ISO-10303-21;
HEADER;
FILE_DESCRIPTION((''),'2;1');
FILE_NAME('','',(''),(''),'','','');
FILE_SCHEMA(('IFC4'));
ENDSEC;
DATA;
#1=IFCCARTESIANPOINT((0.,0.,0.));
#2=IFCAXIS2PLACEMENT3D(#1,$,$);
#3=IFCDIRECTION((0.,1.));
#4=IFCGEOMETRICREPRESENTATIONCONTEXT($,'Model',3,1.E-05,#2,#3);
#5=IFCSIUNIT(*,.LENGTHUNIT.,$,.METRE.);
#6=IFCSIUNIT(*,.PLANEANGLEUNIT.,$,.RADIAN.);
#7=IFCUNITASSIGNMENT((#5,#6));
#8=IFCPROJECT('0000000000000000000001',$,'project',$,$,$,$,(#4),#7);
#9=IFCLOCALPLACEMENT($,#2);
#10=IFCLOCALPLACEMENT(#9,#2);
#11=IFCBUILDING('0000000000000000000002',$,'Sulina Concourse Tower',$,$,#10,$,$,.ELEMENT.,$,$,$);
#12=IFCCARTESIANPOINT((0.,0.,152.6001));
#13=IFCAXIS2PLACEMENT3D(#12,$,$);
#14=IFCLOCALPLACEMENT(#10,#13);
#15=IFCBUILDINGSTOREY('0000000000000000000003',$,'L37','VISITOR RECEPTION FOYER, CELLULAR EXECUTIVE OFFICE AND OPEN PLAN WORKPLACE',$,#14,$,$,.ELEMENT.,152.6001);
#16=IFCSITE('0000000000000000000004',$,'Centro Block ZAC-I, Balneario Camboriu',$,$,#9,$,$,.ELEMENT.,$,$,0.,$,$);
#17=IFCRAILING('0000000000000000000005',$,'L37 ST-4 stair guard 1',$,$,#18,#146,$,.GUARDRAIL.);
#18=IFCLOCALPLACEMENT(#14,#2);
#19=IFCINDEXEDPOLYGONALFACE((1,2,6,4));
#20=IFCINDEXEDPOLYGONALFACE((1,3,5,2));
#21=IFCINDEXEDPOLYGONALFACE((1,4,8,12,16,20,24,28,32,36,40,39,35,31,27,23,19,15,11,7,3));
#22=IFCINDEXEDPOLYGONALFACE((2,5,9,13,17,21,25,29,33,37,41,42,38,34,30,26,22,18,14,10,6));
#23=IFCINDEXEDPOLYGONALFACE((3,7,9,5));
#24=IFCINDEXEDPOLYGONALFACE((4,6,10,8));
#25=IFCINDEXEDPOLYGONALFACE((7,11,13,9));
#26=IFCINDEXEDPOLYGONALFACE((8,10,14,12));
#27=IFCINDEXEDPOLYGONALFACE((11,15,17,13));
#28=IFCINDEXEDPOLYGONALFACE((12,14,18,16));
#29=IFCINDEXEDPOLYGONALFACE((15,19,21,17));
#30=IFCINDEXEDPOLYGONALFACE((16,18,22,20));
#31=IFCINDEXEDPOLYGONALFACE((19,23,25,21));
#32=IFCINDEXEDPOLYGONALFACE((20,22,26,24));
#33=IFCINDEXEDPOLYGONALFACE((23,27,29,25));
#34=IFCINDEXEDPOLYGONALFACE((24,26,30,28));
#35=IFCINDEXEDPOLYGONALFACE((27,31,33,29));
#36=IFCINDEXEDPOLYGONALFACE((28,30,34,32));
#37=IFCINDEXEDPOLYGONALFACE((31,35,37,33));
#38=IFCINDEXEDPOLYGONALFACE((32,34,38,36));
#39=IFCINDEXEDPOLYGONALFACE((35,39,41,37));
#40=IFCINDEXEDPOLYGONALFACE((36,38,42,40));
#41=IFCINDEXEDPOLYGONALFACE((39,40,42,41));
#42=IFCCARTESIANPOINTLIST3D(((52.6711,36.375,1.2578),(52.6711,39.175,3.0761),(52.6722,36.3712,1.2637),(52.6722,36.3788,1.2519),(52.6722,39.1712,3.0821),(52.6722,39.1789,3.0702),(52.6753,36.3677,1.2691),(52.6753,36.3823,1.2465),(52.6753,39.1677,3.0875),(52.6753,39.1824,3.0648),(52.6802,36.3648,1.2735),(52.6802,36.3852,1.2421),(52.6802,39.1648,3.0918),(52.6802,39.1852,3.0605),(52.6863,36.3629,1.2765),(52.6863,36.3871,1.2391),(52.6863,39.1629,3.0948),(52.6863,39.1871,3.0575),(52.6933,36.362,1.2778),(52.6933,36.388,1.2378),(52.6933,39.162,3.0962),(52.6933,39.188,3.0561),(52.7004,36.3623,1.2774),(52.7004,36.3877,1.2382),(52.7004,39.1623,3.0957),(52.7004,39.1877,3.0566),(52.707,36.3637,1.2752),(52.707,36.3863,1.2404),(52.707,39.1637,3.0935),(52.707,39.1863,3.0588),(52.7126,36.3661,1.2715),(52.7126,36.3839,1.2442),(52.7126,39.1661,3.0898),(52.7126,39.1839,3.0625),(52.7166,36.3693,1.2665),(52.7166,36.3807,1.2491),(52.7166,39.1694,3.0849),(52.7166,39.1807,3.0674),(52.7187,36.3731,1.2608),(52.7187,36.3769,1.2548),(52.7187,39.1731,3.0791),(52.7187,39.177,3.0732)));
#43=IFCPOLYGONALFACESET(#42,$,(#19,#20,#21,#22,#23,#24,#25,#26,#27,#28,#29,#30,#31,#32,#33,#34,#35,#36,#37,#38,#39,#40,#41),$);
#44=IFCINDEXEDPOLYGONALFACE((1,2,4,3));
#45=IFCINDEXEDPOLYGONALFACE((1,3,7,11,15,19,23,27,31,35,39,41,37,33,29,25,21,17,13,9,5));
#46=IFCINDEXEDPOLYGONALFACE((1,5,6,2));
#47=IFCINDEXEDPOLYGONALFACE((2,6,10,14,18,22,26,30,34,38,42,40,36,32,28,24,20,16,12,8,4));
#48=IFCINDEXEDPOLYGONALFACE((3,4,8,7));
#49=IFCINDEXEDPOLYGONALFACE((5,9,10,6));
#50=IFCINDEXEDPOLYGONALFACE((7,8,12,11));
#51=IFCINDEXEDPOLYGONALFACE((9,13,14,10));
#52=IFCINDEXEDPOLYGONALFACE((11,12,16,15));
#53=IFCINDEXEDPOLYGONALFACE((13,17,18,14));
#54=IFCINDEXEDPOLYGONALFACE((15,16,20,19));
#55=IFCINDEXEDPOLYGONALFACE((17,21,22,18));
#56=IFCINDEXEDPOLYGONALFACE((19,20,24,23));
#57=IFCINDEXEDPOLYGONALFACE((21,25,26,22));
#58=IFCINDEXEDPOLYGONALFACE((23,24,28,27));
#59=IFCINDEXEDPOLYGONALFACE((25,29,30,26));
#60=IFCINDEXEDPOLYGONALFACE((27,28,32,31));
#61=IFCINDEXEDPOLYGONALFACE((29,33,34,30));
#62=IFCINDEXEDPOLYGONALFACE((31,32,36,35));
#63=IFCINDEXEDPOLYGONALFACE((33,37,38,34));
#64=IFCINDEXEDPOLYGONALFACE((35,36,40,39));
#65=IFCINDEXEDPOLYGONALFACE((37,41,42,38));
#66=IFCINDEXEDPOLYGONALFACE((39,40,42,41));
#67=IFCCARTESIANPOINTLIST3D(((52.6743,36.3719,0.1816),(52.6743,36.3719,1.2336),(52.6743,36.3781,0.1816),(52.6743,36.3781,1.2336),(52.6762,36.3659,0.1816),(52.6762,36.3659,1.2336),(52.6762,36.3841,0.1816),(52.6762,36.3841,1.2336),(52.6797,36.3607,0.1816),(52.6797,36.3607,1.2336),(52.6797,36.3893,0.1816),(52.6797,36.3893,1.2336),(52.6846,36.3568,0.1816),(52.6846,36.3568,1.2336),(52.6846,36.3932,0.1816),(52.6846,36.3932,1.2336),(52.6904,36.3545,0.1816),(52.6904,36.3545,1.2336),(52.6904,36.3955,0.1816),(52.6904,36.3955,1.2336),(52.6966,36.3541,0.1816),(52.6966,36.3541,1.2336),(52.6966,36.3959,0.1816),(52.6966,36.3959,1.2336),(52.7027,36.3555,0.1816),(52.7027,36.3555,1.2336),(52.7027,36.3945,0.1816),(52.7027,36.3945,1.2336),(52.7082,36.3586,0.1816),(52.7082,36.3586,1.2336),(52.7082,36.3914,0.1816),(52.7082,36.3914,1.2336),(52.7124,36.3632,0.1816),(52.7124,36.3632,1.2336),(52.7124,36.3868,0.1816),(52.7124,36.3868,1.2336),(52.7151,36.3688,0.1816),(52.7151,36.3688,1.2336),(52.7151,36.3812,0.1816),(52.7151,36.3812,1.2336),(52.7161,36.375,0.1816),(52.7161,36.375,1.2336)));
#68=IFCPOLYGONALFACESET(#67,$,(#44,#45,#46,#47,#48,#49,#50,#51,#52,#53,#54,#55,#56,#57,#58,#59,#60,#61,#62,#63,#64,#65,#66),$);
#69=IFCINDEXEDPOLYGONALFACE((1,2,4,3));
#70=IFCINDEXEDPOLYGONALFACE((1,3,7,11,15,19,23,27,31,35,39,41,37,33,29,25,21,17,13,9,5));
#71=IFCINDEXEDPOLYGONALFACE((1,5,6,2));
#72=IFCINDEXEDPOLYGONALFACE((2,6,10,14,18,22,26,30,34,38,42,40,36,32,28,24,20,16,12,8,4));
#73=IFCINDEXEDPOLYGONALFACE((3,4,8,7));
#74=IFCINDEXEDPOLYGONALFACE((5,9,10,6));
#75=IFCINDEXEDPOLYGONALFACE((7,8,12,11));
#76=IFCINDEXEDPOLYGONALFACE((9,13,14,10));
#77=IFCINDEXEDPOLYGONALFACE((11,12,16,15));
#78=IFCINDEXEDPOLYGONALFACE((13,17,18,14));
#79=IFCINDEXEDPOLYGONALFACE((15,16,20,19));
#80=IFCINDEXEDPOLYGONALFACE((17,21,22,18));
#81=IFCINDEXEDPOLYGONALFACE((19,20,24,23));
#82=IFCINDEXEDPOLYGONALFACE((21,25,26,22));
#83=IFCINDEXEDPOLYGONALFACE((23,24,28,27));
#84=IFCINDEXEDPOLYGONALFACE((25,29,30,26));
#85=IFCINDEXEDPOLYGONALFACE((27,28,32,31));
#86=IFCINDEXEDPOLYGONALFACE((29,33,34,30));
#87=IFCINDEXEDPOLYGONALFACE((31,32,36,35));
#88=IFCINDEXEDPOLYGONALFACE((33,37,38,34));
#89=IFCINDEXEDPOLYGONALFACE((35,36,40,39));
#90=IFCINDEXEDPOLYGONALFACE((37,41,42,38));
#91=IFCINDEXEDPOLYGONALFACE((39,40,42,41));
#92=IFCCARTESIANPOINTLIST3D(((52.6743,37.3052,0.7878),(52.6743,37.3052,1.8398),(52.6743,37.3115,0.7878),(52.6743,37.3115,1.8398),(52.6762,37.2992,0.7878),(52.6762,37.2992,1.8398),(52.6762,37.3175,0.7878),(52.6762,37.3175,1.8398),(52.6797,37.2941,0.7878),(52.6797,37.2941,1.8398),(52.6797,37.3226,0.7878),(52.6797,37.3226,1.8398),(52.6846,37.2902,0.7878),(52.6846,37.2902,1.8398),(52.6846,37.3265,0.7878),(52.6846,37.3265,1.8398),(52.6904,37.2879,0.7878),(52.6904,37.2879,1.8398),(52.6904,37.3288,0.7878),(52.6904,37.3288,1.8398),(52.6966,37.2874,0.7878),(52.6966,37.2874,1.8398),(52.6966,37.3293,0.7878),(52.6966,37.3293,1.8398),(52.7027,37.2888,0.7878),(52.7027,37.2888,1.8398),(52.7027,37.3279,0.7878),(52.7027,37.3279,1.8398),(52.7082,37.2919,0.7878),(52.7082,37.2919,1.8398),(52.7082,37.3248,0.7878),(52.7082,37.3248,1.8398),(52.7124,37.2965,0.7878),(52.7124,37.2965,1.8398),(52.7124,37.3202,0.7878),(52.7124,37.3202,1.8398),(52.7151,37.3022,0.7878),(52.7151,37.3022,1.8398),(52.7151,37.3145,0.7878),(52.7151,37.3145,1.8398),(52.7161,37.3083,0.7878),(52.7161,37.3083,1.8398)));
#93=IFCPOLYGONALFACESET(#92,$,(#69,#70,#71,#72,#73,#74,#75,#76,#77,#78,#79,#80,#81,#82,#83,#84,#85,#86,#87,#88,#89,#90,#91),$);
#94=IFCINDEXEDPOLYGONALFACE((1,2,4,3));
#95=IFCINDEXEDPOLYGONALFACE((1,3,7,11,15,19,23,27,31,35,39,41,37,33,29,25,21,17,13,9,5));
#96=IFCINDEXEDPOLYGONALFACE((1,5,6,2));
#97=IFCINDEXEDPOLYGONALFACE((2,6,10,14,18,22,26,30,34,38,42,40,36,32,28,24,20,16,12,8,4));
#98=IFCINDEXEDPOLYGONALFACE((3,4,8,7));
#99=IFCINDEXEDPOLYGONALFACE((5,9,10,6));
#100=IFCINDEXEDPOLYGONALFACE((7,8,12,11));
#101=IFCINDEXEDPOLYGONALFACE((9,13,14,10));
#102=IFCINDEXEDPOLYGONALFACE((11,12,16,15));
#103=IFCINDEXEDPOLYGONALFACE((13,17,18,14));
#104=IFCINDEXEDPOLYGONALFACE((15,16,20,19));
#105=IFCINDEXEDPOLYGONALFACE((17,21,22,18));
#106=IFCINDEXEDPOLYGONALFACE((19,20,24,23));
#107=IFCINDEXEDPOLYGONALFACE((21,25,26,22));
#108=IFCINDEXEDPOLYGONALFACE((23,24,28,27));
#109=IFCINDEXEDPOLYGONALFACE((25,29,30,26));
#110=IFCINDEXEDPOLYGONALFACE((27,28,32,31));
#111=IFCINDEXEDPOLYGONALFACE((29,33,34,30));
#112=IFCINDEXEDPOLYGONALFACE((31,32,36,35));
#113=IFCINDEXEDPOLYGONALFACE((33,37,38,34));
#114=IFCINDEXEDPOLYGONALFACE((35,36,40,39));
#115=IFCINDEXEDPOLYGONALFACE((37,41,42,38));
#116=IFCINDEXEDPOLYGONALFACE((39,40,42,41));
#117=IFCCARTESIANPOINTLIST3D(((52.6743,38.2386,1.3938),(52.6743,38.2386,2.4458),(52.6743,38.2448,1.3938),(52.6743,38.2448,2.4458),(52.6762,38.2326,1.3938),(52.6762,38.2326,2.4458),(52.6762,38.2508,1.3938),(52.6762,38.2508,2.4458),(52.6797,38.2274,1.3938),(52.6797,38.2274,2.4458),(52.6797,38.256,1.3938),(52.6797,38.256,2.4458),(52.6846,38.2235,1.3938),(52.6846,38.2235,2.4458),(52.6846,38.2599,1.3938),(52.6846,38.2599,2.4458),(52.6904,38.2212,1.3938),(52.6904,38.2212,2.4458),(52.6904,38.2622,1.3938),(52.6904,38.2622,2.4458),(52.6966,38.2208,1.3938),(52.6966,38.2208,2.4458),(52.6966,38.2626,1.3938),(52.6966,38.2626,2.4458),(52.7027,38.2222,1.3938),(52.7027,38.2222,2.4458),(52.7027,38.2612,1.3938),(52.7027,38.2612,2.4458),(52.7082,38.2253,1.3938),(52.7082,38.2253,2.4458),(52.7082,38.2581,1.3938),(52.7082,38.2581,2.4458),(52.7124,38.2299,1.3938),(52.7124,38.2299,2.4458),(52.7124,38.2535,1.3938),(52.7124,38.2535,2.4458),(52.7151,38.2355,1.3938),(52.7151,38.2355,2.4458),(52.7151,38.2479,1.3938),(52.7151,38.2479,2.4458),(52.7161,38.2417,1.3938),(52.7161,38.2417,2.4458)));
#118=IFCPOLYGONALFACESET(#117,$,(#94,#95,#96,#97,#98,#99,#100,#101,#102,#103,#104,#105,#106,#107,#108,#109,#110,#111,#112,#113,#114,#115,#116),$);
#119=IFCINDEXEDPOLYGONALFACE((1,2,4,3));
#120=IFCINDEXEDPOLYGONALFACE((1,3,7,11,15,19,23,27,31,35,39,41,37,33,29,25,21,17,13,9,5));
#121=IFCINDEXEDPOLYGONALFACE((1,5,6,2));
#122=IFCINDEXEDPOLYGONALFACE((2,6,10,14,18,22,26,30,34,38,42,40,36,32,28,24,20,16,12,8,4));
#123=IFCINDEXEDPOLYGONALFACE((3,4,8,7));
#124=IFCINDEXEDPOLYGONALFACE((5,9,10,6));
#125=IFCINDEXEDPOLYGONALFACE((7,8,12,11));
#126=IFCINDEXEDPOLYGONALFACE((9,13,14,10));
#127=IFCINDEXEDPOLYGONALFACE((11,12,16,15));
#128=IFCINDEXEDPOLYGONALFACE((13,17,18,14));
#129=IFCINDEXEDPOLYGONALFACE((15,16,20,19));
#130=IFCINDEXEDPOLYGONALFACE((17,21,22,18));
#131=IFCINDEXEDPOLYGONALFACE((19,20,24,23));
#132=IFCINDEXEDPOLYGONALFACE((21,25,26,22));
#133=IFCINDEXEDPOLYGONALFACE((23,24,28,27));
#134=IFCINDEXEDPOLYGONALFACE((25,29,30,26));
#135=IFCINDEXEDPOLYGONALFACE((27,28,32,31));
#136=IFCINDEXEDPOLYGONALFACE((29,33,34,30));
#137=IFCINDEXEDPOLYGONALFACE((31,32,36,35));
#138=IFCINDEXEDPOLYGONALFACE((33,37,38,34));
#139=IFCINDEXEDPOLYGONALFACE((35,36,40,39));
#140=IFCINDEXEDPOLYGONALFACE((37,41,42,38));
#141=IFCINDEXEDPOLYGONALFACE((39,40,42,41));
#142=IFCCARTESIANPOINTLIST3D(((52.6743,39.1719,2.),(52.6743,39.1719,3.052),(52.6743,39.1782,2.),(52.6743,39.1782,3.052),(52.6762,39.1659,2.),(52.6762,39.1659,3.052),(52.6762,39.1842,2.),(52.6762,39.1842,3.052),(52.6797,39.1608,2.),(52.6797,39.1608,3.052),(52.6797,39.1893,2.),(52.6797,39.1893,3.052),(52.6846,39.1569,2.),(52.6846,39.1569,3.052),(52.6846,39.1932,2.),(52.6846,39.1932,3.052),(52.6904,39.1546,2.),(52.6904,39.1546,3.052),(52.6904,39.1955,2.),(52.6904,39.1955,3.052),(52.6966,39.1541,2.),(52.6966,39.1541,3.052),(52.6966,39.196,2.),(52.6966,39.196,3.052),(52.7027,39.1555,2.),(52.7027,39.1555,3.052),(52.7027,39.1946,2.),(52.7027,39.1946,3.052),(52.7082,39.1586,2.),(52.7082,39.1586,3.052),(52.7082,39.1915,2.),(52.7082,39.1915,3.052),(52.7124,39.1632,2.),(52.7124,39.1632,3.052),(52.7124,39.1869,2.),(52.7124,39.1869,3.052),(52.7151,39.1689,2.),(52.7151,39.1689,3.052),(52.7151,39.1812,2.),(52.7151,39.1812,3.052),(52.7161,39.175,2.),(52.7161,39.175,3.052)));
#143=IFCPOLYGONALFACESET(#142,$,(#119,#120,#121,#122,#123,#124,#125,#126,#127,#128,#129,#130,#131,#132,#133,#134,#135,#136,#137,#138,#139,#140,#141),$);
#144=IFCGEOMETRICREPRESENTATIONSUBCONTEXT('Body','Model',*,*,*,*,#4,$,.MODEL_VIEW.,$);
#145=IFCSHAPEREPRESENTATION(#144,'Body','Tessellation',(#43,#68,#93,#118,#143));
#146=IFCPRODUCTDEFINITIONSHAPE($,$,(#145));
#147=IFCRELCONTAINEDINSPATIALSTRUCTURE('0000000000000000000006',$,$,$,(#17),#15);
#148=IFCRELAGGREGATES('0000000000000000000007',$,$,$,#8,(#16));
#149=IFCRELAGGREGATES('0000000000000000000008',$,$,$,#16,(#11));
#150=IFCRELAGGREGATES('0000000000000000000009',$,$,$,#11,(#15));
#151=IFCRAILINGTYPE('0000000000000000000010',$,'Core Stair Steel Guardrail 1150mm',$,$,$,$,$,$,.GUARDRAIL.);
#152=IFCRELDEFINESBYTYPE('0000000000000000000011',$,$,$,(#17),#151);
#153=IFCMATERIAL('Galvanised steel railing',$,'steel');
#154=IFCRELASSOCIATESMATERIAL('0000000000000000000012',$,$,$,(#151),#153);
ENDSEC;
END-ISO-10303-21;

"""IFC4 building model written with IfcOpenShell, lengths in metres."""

from ifc_helpers import new_model, si_unit, direction, frame, origin, origin_2d, place, context, subcontext, project, spatial, circle, extrude, material, type_object, element, save


model = new_model("IFC4")

# Units and contexts
model_context = context("Model", 3, precision=1e-05, world=origin(), true_north=direction((0.0, 1.0)))
body_context = subcontext(model_context, "Body", "Model", "MODEL_VIEW")
ifc_project = project(units=[si_unit("LENGTHUNIT", "METRE"), si_unit("PLANEANGLEUNIT", "RADIAN")], contexts=[model_context])

# Site, building, storey
site_placement = place(None, origin())
site = spatial("IfcSite", under=ifc_project, at=site_placement, Name="Centro Block ZAC-I, Balneario Camboriu", CompositionType="ELEMENT", RefElevation=0.0)
building_placement = place(site_placement, origin())
building = spatial("IfcBuilding", under=site, at=building_placement, Name="Sulina Concourse Tower", CompositionType="ELEMENT")
storey_placement = place(building_placement, frame((0.0, 0.0, 152.6001)))
storey = spatial("IfcBuildingStorey", under=building, at=storey_placement, Name="L37", Description="VISITOR RECEPTION FOYER, CELLULAR EXECUTIVE OFFICE AND OPEN PLAN WORKPLACE", CompositionType="ELEMENT", Elevation=152.6001)

# Railing
ifc_material_1 = material(Name="Galvanised steel railing", Category="steel")
railing_type_1 = type_object("IfcRailingType", Name="Core Stair Steel Guardrail 1150mm", PredefinedType="GUARDRAIL", material=ifc_material_1)
railing_1_placement = place(storey_placement, frame((52.6951, 36.375, 0.1816)))
element("IfcRailing", 1, at=railing_1_placement, inside=storey, type_object=railing_type_1, Name="L37 ST-4 stair guard 1", PredefinedType="GUARDRAIL", context=body_context, shape_type="SweptSolid", body=[
    extrude(circle(Radius=0.0239, at=origin_2d()), frame((0.0, 0.0, 1.0762), z_axis=(0.0, 0.838672, 0.544636), x_axis=(-1.0, 0.0, 0.0)), (0.0, 0.0, 1.0), 3.3386),
    extrude(circle(Radius=0.021, at=origin_2d()), origin(), (0.0, 0.0, 1.0), 1.052),
    extrude(circle(Radius=0.021, at=origin_2d()), frame((0.0, 0.9333, 0.6062)), (0.0, 0.0, 1.0), 1.052),
    extrude(circle(Radius=0.021, at=origin_2d()), frame((0.0, 1.8667, 1.2122)), (0.0, 0.0, 1.0), 1.052),
    extrude(circle(Radius=0.021, at=origin_2d()), frame((0.0, 2.8, 1.8184)), (0.0, 0.0, 1.0), 1.052),
])

save(model, "model.ifc")
